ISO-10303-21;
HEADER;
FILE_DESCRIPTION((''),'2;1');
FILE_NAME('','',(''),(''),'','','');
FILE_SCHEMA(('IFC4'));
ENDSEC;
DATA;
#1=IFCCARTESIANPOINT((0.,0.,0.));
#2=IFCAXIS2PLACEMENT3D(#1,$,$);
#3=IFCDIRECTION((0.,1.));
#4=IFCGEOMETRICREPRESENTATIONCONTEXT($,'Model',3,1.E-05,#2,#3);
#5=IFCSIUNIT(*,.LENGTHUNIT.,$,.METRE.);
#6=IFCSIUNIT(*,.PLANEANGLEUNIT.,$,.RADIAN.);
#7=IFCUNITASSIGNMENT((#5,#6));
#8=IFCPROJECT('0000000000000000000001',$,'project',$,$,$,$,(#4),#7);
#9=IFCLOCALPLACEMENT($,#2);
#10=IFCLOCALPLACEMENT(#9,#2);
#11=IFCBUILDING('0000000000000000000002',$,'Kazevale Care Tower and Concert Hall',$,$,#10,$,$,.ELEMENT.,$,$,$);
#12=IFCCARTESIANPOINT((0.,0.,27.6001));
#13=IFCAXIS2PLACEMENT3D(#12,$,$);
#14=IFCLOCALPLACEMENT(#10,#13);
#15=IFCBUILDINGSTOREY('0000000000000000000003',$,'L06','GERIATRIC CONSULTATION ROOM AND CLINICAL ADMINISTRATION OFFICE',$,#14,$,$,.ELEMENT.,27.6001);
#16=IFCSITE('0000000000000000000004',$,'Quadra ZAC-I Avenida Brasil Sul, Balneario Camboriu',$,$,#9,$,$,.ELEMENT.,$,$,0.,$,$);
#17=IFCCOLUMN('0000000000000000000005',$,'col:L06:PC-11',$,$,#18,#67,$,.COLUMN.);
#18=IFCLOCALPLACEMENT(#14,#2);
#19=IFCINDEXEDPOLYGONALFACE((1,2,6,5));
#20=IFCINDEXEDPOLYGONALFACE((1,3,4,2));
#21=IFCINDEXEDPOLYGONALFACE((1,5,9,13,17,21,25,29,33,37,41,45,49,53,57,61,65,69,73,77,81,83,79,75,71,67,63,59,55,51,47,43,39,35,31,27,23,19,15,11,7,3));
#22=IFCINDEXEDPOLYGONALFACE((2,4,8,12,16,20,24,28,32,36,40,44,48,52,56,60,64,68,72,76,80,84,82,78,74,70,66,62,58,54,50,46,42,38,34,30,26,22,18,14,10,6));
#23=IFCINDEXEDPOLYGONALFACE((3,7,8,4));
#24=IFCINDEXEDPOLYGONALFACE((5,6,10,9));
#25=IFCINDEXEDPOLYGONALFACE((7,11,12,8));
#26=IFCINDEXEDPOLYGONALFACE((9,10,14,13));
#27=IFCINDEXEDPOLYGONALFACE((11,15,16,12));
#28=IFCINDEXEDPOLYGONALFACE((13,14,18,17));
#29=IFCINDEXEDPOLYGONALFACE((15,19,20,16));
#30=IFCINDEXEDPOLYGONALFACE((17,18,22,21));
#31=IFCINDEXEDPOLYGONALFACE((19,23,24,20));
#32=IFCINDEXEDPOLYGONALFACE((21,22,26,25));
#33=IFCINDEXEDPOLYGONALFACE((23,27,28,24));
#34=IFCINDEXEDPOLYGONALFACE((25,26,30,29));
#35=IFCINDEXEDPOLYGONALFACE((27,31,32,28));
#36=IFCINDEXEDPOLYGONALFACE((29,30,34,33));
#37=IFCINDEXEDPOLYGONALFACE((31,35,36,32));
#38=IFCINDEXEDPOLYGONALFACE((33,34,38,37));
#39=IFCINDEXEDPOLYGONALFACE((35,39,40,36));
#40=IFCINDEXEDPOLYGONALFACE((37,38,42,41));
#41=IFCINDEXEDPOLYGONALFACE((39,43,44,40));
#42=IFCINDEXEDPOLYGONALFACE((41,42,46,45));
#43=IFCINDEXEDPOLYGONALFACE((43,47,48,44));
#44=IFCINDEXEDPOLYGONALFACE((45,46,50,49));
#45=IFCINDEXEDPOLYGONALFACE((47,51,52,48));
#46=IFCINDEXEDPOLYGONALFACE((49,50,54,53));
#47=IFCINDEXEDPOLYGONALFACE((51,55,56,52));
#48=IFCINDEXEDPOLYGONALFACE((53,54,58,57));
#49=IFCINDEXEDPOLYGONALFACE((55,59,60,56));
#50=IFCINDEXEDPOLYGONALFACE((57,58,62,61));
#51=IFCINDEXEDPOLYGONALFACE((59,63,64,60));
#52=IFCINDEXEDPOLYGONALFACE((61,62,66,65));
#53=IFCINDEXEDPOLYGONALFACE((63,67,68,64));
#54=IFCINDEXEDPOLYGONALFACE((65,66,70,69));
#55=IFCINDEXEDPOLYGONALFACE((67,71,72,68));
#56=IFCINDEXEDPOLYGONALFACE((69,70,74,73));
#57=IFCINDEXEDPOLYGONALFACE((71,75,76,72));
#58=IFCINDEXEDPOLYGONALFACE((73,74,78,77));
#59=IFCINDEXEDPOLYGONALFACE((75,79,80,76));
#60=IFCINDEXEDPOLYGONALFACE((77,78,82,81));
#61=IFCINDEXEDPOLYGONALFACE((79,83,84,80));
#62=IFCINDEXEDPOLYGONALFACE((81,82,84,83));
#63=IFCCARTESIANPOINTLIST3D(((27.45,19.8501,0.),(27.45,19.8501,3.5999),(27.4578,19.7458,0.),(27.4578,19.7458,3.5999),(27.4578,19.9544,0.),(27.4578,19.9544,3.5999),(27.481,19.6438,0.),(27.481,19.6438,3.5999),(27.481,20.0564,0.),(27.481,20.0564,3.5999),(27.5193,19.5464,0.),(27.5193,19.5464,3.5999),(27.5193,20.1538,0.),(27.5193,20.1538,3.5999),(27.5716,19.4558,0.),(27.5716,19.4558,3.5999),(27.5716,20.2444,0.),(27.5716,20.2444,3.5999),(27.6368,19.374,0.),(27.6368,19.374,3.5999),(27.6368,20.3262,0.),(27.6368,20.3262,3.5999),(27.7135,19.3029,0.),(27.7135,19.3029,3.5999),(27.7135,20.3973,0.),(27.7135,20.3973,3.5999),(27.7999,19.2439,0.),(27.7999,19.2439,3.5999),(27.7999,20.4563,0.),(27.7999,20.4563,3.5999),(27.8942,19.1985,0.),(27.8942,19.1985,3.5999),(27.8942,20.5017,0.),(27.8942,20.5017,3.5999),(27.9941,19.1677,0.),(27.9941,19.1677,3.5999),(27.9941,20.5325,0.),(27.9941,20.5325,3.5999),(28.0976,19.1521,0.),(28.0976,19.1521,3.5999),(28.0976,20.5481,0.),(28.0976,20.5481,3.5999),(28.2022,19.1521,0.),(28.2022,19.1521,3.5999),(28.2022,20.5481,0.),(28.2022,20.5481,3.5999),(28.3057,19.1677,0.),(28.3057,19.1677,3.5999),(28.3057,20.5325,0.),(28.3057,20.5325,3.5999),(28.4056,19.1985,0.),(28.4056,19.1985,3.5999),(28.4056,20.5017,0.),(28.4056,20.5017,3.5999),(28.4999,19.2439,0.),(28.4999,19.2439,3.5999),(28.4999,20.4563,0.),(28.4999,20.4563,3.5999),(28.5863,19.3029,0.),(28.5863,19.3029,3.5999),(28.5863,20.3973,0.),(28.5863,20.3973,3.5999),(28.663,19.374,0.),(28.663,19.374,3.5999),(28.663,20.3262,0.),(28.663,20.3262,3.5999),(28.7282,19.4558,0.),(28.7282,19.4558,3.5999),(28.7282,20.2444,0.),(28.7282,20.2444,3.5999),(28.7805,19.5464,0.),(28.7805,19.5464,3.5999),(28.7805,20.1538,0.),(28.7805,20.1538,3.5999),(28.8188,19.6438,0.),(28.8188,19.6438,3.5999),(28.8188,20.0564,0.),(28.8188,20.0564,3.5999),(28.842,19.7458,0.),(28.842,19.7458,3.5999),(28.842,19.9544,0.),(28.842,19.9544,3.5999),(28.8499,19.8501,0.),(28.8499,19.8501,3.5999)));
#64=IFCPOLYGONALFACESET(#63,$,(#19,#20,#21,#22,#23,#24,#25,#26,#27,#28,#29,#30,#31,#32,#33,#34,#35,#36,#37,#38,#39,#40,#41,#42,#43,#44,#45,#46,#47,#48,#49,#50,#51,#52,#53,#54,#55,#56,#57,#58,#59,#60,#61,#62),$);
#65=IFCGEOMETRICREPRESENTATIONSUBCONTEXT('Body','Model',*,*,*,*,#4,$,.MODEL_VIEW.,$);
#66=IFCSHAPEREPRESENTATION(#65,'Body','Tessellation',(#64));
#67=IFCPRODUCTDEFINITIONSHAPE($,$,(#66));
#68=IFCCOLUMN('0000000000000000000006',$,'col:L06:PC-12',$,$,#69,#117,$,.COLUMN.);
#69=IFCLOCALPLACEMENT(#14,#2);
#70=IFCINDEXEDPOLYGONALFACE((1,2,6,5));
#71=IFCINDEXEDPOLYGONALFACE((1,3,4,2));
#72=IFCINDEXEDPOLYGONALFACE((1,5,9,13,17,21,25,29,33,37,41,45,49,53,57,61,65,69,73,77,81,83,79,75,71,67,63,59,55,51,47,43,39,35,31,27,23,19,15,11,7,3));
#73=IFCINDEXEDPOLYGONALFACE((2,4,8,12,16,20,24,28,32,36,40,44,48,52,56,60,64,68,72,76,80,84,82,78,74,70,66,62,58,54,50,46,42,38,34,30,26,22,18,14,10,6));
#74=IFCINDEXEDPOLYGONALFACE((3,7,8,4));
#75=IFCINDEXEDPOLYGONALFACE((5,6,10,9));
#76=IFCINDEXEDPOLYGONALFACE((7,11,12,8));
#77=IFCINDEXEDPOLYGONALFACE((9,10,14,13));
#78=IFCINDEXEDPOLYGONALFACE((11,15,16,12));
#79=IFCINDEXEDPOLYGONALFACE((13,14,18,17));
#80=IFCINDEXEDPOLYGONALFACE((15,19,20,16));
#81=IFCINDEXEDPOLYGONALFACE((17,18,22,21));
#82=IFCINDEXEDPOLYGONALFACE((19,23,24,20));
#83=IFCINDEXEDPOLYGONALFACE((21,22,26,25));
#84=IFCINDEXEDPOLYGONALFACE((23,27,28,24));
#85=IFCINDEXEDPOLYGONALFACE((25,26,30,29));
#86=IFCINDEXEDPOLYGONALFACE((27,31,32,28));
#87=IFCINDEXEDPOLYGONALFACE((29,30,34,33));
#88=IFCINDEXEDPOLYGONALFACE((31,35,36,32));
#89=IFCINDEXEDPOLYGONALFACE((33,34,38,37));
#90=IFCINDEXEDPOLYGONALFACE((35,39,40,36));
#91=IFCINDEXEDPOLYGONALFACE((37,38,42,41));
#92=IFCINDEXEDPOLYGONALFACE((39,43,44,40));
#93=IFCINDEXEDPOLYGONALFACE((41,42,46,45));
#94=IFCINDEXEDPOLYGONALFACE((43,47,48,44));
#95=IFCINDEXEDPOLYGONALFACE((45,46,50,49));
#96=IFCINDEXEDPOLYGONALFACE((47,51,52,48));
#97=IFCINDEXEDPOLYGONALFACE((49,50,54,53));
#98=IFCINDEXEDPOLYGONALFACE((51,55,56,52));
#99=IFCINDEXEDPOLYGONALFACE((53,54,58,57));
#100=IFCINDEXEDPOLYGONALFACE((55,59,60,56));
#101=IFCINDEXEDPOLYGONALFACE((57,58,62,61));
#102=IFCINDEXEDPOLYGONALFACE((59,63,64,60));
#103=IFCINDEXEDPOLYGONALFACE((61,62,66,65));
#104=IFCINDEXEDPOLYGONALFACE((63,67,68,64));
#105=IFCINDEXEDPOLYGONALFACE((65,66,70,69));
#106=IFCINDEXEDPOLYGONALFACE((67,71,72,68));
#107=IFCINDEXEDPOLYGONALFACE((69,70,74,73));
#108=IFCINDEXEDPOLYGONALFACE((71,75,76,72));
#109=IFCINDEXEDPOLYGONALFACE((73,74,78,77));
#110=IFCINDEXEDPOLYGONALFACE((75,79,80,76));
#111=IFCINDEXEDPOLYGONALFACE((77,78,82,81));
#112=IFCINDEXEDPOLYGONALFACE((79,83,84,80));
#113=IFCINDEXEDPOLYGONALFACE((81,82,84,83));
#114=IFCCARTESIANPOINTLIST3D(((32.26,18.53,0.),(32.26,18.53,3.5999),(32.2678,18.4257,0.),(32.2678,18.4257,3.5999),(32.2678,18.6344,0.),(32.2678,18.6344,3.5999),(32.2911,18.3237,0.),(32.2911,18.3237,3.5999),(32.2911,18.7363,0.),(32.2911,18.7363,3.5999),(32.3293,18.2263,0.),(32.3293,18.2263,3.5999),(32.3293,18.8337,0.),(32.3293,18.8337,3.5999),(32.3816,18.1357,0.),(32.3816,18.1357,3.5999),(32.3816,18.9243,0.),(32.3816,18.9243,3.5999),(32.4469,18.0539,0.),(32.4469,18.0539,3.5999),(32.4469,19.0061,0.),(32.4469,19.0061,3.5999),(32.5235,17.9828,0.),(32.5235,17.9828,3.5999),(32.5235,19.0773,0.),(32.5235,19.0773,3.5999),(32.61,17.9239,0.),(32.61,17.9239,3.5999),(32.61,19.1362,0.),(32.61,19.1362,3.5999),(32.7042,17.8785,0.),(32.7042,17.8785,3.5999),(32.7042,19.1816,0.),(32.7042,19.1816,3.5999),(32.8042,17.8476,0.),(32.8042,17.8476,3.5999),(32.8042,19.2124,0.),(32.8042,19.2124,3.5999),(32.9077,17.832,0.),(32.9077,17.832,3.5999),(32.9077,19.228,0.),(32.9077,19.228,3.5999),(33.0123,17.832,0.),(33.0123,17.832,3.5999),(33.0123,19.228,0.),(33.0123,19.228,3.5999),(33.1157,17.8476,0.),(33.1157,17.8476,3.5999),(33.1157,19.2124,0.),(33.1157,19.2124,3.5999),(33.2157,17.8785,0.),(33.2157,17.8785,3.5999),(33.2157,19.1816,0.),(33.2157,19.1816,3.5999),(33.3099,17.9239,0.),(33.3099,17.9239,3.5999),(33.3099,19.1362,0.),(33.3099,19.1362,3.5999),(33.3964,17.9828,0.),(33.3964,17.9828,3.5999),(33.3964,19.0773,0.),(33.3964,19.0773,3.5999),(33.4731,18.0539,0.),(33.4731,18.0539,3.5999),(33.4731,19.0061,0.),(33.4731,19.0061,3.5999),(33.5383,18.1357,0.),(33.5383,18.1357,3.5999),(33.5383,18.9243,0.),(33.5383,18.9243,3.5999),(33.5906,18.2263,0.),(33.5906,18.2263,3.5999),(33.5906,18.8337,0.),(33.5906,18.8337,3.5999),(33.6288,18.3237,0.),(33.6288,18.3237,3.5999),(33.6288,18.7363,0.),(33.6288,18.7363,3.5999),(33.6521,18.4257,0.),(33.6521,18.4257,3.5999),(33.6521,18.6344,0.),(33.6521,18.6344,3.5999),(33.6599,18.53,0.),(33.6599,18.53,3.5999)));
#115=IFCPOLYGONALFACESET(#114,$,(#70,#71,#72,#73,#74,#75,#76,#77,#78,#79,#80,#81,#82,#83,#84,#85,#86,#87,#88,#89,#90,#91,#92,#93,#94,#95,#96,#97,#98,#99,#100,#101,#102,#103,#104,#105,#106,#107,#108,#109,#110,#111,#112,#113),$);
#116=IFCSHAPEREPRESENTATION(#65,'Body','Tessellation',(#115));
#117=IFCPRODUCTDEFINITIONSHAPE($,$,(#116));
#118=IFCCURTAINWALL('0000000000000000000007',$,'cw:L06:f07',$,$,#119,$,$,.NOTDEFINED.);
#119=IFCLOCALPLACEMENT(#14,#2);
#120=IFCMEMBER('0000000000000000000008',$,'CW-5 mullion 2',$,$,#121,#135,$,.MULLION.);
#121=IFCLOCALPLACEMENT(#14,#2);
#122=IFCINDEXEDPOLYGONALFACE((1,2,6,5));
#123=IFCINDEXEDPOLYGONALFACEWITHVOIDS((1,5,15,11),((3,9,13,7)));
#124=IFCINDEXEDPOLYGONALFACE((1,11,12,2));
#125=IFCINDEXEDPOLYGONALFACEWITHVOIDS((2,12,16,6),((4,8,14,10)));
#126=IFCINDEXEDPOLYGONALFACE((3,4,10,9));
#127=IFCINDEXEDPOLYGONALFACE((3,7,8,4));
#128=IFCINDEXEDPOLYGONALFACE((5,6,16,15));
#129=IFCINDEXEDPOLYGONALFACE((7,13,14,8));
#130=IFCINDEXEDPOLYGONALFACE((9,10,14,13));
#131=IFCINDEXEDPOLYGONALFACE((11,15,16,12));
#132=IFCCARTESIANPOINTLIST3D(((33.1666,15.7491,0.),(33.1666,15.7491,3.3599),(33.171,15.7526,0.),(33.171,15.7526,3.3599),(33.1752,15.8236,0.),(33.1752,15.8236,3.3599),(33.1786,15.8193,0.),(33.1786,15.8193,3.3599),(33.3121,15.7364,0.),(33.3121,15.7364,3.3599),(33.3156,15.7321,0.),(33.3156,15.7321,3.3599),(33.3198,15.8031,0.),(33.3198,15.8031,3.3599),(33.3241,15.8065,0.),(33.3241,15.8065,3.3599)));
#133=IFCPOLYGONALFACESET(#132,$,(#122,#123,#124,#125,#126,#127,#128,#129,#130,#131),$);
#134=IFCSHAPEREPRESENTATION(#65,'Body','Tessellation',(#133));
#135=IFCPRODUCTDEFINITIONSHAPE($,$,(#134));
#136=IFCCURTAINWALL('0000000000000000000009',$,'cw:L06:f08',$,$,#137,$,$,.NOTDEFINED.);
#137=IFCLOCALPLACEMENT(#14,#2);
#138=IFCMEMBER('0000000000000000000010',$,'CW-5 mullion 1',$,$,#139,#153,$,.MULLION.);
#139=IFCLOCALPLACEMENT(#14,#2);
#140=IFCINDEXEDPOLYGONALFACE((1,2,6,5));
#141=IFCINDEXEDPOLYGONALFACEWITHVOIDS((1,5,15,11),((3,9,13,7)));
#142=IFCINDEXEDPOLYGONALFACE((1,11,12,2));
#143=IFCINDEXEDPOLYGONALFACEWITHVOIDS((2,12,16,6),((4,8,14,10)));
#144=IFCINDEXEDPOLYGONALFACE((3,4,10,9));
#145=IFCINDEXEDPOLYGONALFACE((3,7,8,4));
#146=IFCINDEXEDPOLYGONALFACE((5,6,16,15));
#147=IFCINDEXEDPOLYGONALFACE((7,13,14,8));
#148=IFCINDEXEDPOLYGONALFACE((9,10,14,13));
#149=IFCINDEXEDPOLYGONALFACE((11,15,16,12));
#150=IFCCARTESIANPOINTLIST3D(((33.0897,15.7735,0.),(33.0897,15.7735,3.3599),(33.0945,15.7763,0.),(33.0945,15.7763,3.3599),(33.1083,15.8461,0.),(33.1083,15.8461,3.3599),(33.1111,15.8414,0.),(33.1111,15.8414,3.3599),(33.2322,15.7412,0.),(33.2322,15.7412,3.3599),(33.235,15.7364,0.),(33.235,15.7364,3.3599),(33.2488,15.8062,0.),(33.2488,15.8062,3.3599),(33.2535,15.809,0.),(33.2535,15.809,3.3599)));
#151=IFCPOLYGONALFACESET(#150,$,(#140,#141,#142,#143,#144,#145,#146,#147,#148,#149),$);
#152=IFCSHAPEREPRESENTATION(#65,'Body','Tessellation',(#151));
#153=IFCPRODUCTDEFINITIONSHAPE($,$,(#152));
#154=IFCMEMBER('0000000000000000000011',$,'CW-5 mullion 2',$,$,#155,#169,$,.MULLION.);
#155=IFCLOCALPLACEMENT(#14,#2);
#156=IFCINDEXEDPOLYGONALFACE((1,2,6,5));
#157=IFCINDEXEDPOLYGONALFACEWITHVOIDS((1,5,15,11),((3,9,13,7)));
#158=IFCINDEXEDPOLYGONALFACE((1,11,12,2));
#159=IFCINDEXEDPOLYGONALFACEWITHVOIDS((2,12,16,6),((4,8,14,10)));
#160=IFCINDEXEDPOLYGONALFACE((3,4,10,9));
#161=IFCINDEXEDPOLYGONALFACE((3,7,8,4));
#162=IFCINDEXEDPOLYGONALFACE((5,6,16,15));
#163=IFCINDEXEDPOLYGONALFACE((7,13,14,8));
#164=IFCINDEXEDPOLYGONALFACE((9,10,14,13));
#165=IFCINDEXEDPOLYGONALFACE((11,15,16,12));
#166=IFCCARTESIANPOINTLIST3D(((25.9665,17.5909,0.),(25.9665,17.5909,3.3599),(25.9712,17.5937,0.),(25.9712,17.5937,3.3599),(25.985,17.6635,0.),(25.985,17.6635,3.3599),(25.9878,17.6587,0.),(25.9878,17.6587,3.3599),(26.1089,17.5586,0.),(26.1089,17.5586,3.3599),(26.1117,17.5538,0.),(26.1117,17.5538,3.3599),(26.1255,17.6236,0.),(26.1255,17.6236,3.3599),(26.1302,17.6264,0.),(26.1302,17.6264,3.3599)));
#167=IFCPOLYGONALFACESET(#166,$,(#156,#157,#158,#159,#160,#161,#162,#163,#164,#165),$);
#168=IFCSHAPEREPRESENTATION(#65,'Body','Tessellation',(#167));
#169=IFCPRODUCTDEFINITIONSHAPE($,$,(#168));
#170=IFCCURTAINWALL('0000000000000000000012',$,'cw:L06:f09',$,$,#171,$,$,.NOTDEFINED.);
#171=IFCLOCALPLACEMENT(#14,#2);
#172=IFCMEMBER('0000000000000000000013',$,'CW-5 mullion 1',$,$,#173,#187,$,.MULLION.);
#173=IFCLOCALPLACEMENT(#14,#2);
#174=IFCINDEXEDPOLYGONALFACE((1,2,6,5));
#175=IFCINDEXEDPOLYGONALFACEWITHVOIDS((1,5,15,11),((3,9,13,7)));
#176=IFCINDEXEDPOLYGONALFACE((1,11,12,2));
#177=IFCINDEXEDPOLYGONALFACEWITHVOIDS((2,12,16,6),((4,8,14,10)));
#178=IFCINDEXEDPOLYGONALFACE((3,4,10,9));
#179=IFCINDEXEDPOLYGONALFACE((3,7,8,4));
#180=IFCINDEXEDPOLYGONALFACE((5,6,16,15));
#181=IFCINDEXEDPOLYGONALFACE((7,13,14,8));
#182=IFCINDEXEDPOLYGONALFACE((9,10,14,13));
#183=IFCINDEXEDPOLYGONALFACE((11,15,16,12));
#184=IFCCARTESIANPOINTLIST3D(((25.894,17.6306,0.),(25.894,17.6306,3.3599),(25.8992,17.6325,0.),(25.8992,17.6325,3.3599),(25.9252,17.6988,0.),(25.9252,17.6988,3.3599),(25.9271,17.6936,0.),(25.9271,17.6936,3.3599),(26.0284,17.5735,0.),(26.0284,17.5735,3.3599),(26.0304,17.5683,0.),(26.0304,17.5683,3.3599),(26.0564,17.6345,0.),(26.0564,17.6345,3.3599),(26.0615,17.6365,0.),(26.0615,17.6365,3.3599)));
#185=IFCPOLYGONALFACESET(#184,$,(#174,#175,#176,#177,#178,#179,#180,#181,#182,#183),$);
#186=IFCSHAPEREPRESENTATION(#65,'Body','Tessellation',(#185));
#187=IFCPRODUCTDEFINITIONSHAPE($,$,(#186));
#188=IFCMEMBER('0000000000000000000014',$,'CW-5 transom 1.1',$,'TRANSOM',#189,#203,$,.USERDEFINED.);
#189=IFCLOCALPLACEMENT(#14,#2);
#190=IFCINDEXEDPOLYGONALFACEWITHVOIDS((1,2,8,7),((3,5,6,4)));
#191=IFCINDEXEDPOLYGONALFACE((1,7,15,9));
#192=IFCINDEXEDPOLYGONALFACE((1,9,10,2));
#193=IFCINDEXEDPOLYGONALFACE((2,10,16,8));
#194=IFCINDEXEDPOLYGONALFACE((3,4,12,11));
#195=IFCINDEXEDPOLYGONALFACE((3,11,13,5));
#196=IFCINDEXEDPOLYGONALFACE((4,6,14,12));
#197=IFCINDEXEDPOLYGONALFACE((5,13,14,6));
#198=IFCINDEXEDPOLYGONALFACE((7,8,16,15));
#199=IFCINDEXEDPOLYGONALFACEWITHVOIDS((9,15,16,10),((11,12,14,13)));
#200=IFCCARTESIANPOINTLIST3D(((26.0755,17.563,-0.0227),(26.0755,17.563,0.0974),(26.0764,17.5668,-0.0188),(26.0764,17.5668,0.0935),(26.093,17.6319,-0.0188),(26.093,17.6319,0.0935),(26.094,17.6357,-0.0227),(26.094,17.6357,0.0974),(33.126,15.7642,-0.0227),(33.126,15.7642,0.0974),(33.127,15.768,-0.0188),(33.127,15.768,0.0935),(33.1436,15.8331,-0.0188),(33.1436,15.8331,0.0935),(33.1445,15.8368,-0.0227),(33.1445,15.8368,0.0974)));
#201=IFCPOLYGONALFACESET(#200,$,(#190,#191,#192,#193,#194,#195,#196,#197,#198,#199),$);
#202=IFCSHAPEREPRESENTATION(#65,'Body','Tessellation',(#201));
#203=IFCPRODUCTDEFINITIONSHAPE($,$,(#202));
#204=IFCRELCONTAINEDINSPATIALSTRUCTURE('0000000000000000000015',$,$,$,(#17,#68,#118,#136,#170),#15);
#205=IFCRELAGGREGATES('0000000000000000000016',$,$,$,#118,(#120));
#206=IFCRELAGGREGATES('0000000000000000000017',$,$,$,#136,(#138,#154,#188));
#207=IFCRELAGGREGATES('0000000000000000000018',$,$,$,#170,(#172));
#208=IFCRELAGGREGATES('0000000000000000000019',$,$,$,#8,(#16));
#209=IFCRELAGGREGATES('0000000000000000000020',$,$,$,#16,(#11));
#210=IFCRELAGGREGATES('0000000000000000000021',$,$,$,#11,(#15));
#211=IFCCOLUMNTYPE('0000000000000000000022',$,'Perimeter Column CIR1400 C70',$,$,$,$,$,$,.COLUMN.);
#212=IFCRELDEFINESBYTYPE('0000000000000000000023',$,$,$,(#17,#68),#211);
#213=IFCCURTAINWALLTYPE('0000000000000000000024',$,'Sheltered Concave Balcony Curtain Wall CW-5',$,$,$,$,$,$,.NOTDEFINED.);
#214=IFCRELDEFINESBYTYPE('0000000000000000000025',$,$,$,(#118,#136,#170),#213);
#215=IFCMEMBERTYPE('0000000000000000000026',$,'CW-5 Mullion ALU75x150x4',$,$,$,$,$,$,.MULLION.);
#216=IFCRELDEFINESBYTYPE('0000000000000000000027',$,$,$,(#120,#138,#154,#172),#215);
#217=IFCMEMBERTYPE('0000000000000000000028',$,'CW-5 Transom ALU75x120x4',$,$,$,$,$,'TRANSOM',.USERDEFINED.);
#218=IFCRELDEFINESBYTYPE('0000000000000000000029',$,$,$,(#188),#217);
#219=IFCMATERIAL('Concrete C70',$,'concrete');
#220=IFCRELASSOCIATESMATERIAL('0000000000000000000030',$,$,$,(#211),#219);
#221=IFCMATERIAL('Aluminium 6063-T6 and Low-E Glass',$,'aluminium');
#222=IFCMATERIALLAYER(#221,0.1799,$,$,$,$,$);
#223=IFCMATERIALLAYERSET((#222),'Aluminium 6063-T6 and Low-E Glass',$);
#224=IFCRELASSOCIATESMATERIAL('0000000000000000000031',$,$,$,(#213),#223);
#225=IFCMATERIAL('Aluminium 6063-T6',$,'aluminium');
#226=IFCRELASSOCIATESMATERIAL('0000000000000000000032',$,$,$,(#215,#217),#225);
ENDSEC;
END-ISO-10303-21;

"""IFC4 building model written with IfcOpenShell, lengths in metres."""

from ifc_helpers import new_model, si_unit, direction, frame, origin, origin_2d, place, context, subcontext, project, spatial, hollow_rectangle, circle, extrude, material, layer, layer_set, material_profile, profile_set, type_object, element, aggregate, save


model = new_model("IFC4")

# Units and contexts
model_context = context("Model", 3, precision=1e-05, world=origin(), true_north=direction((0.0, 1.0)))
body_context = subcontext(model_context, "Body", "Model", "MODEL_VIEW")
ifc_project = project(units=[si_unit("LENGTHUNIT", "METRE"), si_unit("PLANEANGLEUNIT", "RADIAN")], contexts=[model_context])

# Site, building, storey
site_placement = place(None, origin())
site = spatial("IfcSite", under=ifc_project, at=site_placement, Name="Quadra ZAC-I Avenida Brasil Sul, Balneario Camboriu", CompositionType="ELEMENT", RefElevation=0.0)
building_placement = place(site_placement, origin())
building = spatial("IfcBuilding", under=site, at=building_placement, Name="Kazevale Care Tower and Concert Hall", CompositionType="ELEMENT")
storey_placement = place(building_placement, frame((0.0, 0.0, 27.6001)))
storey = spatial("IfcBuildingStorey", under=building, at=storey_placement, Name="L06", Description="GERIATRIC CONSULTATION ROOM AND CLINICAL ADMINISTRATION OFFICE", CompositionType="ELEMENT", Elevation=27.6001)

# Columns
ifc_material_1 = material(Name="Concrete C70", Category="concrete")
ifc_material_profile_1 = material_profile(ifc_material_1, circle(Radius=0.7, at=origin_2d()), Name="RC-CIR1400")
ifc_profile_set_1 = profile_set([ifc_material_profile_1], Name="Concrete C70")
column_type = type_object("IfcColumnType", Name="Perimeter Column CIR1400 C70", PredefinedType="COLUMN", material=ifc_profile_set_1)
for number, where, z_axis, x_axis, name in (
    (1, (28.1499, 19.8501, 0.0), (0.0, 0.0, 1.0), (1.0, 0.0, 0.0), "col:L06:PC-11"),
    (2, (32.96, 18.53, 0.0), (0.0, 0.0, 1.0), (1.0, 0.0, 0.0), "col:L06:PC-12"),
):
    element("IfcColumn", number, at=place(storey_placement, frame(where, z_axis=z_axis, x_axis=x_axis)), inside=storey, type_object=column_type, Name=name, PredefinedType="COLUMN", context=body_context, shape_type="SweptSolid", body=[
        extrude(circle(Radius=0.7, at=origin_2d()), origin(), (0.0, 0.0, 1.0), 3.5999),
    ])

# Curtain wall, member
ifc_material_2 = material(Name="Aluminium 6063-T6 and Low-E Glass", Category="aluminium")
ifc_layer_1 = layer(ifc_material_2, 0.1799)
ifc_layer_set_1 = layer_set([ifc_layer_1], Name="Aluminium 6063-T6 and Low-E Glass")
curtain_wall_type = type_object("IfcCurtainWallType", Name="Sheltered Concave Balcony Curtain Wall CW-5", PredefinedType="NOTDEFINED", material=ifc_layer_set_1)
curtain_wall_1_placement = place(storey_placement, origin())
curtain_wall_1 = element("IfcCurtainWall", 3, at=curtain_wall_1_placement, inside=storey, type_object=curtain_wall_type, Name="cw:L06:f07", PredefinedType="NOTDEFINED")
ifc_material_3 = material(Name="Aluminium 6063-T6", Category="aluminium")
ifc_material_profile_2 = material_profile(ifc_material_3, hollow_rectangle(XDim=0.075, YDim=0.1499, WallThickness=0.0039, at=origin_2d()), Name="ALU75x150x4")
ifc_profile_set_2 = profile_set([ifc_material_profile_2], Name="Aluminium 6063-T6")
member_type_1 = type_object("IfcMemberType", Name="CW-5 Mullion ALU75x150x4", PredefinedType="MULLION", material=ifc_profile_set_2)
member_1_placement = place(storey_placement, frame((33.2454, 15.7778, 0.0), z_axis=(0.0, 0.0, 1.0), x_axis=(-0.113705, -0.993515, 0.0)))
member_1 = element("IfcMember", 4, at=member_1_placement, type_object=member_type_1, Name="CW-5 mullion 2", PredefinedType="MULLION", context=body_context, shape_type="SweptSolid", body=[
    extrude(hollow_rectangle(XDim=0.075, YDim=0.1499, WallThickness=0.0039, at=origin_2d()), origin(), (0.0, 0.0, 1.0), 3.3599),
])
aggregate(curtain_wall_1, [member_1])

# Curtain wall, members
curtain_wall_2_placement = place(storey_placement, origin())
curtain_wall_2 = element("IfcCurtainWall", 5, at=curtain_wall_2_placement, inside=storey, type_object=curtain_wall_type, Name="cw:L06:f08", PredefinedType="NOTDEFINED")
member_2_placement = place(storey_placement, frame((33.1716, 15.7913, 0.0), z_axis=(0.0, 0.0, 1.0), x_axis=(-0.247222, -0.968959, 0.0)))
member_2 = element("IfcMember", 6, at=member_2_placement, type_object=member_type_1, Name="CW-5 mullion 1", PredefinedType="MULLION", context=body_context, shape_type="SweptSolid", body=[
    extrude(hollow_rectangle(XDim=0.075, YDim=0.1499, WallThickness=0.0039, at=origin_2d()), origin(), (0.0, 0.0, 1.0), 3.3599),
])
member_3_placement = place(storey_placement, frame((26.0483, 17.6086, 0.0), z_axis=(0.0, 0.0, 1.0), x_axis=(-0.247222, -0.968959, 0.0)))
member_3 = element("IfcMember", 7, at=member_3_placement, type_object=member_type_1, Name="CW-5 mullion 2", PredefinedType="MULLION", context=body_context, shape_type="SweptSolid", body=[
    extrude(hollow_rectangle(XDim=0.075, YDim=0.1499, WallThickness=0.0039, at=origin_2d()), origin(), (0.0, 0.0, 1.0), 3.3599),
])

# Curtain wall, member
curtain_wall_3_placement = place(storey_placement, origin())
curtain_wall_3 = element("IfcCurtainWall", 8, at=curtain_wall_3_placement, inside=storey, type_object=curtain_wall_type, Name="cw:L06:f09", PredefinedType="NOTDEFINED")
member_4_placement = place(storey_placement, frame((25.9778, 17.6335, 0.0), z_axis=(0.0, 0.0, 1.0), x_axis=(-0.41566, -0.90952, 0.0)))
member_4 = element("IfcMember", 9, at=member_4_placement, type_object=member_type_1, Name="CW-5 mullion 1", PredefinedType="MULLION", context=body_context, shape_type="SweptSolid", body=[
    extrude(hollow_rectangle(XDim=0.075, YDim=0.1499, WallThickness=0.0039, at=origin_2d()), origin(), (0.0, 0.0, 1.0), 3.3599),
])

# Member
ifc_material_profile_3 = material_profile(ifc_material_3, hollow_rectangle(XDim=0.075, YDim=0.1201, WallThickness=0.0039, at=origin_2d()), Name="ALU75x120x4")
ifc_profile_set_3 = profile_set([ifc_material_profile_3], Name="Aluminium 6063-T6")
member_type_2 = type_object("IfcMemberType", Name="CW-5 Transom ALU75x120x4", ElementType="TRANSOM", PredefinedType="USERDEFINED", material=ifc_profile_set_3)
member_5_placement = place(storey_placement, frame((33.1353, 15.8005, 0.0374), z_axis=(-0.968961, 0.247214, 0.0), x_axis=(-0.247214, -0.968961, 0.0)))
member_5 = element("IfcMember", 10, at=member_5_placement, type_object=member_type_2, Name="CW-5 transom 1.1", ObjectType="TRANSOM", PredefinedType="USERDEFINED", context=body_context, shape_type="SweptSolid", body=[
    extrude(hollow_rectangle(XDim=0.075, YDim=0.1201, WallThickness=0.0039, at=origin_2d()), origin(), (0.0, 0.0, 1.0), 7.2764),
])

aggregate(curtain_wall_2, [member_2, member_3, member_5])
aggregate(curtain_wall_3, [member_4])

save(model, "model.ifc")
